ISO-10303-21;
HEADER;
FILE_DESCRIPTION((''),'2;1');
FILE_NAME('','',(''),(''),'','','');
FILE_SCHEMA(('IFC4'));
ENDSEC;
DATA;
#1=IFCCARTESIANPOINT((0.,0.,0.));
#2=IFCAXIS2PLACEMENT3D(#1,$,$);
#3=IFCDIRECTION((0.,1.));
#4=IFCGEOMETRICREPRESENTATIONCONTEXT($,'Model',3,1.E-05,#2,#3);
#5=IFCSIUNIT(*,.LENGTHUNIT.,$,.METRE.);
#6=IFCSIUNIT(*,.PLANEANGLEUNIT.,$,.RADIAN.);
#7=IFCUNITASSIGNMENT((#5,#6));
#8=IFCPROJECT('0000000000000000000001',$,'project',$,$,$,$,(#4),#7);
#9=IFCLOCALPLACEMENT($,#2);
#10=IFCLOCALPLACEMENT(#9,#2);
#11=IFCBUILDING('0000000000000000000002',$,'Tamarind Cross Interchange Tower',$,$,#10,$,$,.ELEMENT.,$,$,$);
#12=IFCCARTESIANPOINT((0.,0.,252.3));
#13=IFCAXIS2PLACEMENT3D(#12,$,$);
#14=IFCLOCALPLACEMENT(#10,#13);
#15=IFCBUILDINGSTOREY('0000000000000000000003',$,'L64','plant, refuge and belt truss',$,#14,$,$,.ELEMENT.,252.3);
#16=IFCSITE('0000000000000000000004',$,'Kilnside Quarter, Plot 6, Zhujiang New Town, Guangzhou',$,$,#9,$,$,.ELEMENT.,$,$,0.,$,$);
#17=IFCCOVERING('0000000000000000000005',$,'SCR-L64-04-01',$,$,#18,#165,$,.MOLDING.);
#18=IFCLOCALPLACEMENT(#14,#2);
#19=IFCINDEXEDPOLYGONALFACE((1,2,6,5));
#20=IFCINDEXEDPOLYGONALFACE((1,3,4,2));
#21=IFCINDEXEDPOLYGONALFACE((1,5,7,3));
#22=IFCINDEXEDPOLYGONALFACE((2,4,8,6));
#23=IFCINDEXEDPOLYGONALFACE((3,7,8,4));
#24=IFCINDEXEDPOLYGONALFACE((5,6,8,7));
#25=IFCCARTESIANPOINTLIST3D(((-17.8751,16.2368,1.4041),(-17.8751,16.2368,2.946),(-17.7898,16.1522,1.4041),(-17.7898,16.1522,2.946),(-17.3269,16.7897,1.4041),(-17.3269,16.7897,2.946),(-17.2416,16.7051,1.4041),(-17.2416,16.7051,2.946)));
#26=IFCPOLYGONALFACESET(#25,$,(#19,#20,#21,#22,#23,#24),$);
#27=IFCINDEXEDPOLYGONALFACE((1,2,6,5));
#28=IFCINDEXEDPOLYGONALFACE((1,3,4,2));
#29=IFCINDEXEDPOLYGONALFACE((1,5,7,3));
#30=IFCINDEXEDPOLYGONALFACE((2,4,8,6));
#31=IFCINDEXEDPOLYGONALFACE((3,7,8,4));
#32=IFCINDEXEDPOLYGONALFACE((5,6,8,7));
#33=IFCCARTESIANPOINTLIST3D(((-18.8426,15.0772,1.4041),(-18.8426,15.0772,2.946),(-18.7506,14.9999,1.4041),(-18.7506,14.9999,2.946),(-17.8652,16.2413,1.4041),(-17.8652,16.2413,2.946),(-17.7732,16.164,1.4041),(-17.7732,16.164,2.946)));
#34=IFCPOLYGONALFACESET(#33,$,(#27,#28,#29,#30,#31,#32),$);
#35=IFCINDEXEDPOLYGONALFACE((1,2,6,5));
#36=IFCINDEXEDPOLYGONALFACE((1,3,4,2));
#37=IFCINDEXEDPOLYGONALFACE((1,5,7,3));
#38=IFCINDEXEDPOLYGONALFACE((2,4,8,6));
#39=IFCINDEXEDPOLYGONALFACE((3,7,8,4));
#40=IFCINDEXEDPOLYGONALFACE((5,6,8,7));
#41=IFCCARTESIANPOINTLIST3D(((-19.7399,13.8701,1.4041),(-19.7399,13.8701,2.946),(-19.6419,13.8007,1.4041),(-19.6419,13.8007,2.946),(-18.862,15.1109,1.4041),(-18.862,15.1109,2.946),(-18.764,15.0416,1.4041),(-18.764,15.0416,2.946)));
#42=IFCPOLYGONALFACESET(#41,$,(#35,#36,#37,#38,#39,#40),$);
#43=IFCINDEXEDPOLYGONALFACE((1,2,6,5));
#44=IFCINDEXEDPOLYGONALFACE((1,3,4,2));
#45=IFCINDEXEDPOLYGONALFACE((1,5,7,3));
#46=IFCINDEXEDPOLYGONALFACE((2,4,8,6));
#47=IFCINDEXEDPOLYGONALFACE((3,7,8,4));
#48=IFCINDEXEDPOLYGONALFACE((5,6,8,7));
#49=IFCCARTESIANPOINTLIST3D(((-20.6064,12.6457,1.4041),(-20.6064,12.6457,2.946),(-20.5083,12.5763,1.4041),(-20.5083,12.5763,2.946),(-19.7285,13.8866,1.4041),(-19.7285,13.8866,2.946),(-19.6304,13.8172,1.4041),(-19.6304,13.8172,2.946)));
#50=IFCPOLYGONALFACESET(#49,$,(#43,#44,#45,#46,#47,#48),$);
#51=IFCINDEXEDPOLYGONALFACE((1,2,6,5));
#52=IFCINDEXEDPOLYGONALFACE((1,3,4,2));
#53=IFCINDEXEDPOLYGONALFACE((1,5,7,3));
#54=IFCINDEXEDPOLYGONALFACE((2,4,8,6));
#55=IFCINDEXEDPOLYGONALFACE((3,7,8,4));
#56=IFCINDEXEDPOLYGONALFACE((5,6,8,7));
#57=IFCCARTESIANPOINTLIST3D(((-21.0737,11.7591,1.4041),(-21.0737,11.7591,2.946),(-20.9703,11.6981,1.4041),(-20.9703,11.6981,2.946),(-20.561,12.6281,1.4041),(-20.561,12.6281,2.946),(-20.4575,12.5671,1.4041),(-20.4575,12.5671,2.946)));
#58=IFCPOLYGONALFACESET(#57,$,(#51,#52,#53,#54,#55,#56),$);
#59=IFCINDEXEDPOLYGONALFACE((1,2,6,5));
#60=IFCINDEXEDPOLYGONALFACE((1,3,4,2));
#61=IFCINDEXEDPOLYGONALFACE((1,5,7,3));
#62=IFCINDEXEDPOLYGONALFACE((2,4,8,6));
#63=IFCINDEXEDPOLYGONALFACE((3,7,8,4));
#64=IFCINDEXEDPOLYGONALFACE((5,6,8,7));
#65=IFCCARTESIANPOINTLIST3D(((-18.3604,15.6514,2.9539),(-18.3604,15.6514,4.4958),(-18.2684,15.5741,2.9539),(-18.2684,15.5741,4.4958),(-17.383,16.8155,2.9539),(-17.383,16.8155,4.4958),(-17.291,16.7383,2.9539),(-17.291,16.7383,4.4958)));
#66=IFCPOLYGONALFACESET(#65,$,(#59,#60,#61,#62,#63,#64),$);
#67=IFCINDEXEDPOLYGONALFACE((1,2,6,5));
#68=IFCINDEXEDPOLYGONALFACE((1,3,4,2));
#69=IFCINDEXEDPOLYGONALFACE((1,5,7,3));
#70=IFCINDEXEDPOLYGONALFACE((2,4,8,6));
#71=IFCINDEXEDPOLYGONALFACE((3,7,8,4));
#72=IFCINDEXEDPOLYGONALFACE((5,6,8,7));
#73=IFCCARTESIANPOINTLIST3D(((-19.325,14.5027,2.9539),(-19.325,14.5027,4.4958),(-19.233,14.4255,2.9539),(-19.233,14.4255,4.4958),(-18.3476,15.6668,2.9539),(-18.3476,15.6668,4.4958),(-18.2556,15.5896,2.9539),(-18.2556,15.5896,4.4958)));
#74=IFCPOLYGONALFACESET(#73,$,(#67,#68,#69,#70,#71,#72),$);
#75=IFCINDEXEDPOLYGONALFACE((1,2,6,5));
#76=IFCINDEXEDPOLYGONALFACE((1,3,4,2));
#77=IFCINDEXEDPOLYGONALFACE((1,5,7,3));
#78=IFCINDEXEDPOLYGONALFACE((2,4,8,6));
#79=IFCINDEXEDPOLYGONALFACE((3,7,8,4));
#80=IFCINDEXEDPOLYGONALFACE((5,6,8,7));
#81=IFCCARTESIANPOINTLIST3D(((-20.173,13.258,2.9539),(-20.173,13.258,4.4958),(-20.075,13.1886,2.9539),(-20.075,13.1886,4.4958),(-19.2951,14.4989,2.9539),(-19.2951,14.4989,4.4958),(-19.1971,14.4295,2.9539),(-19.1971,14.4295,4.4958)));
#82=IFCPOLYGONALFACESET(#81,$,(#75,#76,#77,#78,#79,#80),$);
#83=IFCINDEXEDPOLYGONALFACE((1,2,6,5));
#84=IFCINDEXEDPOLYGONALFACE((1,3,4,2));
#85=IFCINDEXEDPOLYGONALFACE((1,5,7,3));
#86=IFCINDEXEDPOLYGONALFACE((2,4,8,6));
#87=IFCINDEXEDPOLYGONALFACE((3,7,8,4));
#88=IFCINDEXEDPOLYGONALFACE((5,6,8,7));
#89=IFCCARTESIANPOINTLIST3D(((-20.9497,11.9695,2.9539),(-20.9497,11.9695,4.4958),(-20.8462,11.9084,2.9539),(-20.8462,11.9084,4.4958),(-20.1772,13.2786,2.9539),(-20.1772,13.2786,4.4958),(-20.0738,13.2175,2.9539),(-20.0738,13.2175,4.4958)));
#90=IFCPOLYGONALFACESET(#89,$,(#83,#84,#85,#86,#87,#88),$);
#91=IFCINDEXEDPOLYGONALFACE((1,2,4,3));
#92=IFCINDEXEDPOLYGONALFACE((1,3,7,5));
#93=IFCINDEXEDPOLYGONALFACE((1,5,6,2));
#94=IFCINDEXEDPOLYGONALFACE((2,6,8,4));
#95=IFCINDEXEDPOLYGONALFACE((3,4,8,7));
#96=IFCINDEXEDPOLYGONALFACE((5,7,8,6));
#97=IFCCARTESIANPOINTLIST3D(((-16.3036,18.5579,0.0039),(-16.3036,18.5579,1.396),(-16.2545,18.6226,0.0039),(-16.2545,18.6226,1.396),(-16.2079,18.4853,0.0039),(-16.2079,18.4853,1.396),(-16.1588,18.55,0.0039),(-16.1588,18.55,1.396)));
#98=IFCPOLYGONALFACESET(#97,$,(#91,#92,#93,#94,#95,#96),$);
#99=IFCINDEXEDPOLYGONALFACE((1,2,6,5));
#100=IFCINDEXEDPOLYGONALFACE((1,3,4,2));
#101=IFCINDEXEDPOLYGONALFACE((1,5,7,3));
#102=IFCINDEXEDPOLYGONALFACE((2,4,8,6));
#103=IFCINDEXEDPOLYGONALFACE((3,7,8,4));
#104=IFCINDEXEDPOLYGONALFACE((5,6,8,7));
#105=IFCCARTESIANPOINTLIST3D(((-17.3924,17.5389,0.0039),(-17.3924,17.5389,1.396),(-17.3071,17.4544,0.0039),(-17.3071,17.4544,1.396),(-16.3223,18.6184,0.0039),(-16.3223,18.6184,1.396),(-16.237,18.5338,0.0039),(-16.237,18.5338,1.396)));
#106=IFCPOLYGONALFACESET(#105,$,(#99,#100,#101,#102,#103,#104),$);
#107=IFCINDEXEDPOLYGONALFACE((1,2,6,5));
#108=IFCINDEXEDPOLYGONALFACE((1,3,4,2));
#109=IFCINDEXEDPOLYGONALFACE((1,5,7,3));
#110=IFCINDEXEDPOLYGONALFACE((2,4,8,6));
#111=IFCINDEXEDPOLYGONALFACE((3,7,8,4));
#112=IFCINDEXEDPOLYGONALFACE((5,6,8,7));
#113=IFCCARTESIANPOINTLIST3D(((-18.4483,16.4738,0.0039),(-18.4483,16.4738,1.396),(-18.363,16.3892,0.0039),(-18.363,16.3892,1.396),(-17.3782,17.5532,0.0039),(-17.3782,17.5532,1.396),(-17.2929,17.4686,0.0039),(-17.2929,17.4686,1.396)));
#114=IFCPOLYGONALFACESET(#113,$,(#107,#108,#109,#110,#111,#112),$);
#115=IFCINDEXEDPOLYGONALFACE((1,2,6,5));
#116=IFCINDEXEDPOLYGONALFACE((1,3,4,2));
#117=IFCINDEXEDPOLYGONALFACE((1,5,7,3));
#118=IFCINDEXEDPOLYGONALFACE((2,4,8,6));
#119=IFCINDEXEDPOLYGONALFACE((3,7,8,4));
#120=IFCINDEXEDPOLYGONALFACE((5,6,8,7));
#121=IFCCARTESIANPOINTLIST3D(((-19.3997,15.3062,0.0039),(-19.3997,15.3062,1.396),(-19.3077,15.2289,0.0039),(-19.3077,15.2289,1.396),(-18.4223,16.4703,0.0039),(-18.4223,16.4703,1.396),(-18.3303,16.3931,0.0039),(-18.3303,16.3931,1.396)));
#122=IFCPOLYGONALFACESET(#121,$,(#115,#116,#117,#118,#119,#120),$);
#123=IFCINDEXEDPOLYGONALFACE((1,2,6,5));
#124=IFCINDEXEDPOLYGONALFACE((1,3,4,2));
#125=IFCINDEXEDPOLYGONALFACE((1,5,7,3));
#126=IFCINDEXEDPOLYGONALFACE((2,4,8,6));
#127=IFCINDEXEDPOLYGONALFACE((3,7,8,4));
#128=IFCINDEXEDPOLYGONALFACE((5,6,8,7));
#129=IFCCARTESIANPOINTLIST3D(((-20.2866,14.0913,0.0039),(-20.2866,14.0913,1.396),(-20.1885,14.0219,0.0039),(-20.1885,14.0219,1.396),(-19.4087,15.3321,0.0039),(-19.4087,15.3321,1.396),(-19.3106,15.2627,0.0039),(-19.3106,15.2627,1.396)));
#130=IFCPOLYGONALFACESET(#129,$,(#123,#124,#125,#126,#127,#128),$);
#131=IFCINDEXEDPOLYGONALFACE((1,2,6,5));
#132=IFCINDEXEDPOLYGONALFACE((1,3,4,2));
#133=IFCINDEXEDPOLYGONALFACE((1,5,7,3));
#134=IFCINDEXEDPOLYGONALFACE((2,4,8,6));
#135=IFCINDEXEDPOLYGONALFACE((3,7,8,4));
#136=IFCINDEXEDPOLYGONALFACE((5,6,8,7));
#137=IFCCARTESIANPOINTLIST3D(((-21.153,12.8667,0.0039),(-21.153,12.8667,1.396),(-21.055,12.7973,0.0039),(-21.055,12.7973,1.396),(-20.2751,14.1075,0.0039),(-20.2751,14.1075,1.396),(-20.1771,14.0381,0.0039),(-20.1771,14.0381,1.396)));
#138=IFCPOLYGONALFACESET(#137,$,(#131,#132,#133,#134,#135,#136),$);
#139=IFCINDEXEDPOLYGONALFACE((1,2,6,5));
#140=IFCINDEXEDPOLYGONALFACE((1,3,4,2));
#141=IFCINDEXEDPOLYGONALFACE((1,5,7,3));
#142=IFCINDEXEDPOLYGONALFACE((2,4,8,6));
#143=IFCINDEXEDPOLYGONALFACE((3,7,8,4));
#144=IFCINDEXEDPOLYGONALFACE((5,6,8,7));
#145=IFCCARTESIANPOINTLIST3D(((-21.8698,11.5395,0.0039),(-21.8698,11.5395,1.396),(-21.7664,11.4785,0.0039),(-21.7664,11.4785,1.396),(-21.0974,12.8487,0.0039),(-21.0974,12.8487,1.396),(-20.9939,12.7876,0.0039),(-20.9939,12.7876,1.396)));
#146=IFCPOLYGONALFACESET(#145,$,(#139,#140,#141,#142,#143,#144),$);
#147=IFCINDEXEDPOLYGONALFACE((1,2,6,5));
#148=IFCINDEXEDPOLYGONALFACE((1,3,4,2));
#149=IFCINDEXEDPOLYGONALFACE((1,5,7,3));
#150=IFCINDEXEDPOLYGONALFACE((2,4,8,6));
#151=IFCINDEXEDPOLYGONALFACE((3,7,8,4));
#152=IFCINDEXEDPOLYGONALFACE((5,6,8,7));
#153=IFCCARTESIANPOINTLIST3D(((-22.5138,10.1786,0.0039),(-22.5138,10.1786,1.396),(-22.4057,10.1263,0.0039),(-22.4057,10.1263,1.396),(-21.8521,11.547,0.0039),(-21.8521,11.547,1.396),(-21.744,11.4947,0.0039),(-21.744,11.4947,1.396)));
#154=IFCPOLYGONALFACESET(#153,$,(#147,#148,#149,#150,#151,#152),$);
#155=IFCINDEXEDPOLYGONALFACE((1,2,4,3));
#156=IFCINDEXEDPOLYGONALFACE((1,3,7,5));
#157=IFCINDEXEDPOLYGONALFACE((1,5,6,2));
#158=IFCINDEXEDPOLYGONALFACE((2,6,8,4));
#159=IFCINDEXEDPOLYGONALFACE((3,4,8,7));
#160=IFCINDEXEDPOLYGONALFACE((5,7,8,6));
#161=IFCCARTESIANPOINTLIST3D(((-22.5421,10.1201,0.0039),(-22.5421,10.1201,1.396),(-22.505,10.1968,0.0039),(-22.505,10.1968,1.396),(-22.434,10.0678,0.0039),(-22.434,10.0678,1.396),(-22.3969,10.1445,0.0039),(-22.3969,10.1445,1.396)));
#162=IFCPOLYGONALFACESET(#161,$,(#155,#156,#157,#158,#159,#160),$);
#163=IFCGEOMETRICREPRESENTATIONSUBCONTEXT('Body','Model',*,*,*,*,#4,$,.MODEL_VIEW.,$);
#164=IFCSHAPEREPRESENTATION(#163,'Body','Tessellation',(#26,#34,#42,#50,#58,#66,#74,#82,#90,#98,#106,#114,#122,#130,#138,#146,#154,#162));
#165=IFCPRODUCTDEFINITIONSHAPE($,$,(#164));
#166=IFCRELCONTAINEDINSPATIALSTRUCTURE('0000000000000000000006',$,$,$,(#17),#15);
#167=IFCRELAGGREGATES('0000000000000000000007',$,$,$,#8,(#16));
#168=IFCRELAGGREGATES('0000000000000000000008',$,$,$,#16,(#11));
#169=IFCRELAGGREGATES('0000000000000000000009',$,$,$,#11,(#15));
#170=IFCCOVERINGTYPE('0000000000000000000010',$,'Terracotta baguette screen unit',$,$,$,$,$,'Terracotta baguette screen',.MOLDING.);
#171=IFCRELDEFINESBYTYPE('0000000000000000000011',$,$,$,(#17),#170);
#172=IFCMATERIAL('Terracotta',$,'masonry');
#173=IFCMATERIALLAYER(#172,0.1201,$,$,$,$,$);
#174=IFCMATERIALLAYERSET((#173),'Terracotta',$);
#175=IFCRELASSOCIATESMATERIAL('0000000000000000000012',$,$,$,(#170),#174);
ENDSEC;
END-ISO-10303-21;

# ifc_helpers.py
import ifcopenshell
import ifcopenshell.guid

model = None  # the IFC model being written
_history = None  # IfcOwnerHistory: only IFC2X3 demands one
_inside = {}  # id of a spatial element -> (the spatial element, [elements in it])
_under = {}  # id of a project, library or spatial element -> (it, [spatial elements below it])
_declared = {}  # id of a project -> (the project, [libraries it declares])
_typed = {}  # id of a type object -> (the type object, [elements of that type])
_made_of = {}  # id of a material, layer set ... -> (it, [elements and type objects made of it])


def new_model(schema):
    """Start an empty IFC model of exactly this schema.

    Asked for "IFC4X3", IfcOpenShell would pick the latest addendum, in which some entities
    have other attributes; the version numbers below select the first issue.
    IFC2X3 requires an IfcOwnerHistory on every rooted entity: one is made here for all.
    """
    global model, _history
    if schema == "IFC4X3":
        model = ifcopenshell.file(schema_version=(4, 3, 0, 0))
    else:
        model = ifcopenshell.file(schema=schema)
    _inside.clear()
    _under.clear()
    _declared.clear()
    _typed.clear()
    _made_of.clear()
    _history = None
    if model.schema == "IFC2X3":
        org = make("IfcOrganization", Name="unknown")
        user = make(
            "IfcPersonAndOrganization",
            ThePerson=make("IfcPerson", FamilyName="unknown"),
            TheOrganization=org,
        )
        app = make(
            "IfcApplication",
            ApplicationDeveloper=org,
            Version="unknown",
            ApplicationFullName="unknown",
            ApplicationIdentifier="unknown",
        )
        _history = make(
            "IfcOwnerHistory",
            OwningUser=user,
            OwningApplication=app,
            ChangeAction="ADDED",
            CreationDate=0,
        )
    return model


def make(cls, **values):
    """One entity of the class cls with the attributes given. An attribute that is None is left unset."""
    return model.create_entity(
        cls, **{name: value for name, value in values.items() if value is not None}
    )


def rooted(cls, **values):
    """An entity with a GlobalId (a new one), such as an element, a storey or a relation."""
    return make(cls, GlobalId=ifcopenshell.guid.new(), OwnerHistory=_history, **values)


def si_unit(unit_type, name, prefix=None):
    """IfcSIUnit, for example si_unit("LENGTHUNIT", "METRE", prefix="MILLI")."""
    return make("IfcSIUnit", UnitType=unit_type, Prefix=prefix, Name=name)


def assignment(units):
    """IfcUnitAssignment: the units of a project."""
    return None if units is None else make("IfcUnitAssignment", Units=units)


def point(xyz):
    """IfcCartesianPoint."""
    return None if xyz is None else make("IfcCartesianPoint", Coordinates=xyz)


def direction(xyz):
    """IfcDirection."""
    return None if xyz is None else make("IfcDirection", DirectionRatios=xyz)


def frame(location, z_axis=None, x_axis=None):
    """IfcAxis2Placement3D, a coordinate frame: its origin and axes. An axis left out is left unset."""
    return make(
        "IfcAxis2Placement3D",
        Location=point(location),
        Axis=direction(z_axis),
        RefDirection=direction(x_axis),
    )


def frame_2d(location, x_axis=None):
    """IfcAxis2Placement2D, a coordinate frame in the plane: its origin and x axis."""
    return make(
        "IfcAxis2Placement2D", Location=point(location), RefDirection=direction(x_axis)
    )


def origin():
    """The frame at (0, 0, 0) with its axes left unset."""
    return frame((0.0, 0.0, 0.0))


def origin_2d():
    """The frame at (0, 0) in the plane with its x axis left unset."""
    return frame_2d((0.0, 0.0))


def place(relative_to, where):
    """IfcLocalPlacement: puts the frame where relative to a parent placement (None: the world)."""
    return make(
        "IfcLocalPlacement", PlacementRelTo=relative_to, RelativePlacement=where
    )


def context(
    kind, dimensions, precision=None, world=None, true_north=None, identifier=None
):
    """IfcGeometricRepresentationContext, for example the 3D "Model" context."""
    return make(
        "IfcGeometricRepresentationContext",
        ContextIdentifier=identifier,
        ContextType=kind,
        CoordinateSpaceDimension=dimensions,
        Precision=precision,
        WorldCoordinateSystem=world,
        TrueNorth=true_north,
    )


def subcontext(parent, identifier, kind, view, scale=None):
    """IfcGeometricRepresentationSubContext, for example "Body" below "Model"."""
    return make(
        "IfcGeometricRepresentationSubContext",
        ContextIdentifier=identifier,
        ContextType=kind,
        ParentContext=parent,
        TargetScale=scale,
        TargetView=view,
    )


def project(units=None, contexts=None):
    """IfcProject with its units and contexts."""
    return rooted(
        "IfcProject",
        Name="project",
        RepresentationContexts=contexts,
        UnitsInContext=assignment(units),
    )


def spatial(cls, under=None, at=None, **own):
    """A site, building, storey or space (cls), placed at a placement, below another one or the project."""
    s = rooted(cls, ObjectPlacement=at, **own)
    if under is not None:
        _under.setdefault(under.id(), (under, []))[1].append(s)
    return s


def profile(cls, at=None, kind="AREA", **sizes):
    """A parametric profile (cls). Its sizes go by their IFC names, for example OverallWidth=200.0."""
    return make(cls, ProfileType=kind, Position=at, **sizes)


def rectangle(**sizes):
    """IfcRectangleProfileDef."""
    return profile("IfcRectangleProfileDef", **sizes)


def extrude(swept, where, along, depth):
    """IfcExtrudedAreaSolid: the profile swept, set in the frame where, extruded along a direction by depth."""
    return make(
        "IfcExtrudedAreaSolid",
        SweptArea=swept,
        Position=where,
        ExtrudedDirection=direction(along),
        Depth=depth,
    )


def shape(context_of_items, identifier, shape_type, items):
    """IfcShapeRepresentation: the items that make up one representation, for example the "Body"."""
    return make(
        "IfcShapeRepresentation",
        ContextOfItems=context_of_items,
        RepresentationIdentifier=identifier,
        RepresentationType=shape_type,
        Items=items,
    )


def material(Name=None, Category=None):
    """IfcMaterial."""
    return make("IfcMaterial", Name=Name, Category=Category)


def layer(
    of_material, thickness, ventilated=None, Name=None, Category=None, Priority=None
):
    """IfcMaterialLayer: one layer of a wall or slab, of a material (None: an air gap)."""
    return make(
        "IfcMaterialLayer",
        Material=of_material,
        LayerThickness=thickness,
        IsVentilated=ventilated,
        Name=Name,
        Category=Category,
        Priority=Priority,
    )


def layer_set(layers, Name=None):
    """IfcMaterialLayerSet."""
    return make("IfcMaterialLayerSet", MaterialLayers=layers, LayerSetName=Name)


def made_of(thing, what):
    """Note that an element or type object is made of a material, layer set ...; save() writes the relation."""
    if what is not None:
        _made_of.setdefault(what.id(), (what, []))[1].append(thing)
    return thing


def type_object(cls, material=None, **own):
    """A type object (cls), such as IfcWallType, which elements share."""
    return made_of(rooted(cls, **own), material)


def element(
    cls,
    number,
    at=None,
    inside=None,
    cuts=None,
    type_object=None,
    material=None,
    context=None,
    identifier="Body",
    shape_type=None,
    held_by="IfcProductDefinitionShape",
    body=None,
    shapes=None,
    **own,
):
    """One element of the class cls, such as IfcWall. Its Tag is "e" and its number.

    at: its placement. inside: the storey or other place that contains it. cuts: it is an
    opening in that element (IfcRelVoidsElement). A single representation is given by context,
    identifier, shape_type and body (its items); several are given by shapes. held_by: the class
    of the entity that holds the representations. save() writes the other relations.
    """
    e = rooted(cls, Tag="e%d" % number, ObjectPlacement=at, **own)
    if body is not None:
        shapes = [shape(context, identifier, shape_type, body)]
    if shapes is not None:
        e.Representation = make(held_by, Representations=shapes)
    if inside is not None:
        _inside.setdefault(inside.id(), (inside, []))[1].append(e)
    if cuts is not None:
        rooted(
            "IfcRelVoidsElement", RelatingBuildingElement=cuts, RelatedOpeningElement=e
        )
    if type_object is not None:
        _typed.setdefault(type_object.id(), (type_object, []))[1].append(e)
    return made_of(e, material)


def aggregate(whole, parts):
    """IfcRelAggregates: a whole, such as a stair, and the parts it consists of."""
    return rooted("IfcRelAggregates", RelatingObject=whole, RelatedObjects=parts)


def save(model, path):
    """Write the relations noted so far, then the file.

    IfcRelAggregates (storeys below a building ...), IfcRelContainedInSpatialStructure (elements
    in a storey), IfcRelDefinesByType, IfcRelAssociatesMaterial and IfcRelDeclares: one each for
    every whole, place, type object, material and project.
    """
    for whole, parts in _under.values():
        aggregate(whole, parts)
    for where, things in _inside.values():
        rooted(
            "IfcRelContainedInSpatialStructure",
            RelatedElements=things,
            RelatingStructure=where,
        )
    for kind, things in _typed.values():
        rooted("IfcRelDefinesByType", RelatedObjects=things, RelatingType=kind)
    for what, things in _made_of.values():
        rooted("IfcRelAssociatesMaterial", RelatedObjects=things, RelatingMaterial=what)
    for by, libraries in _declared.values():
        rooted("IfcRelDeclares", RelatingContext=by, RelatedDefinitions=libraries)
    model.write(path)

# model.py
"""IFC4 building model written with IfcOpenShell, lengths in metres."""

from ifc_helpers import new_model, si_unit, direction, frame, origin, origin_2d, place, context, subcontext, project, spatial, rectangle, extrude, material, layer, layer_set, type_object, element, save


model = new_model("IFC4")

# Units and contexts
model_context = context("Model", 3, precision=1e-05, world=origin(), true_north=direction((0.0, 1.0)))
body_context = subcontext(model_context, "Body", "Model", "MODEL_VIEW")
ifc_project = project(units=[si_unit("LENGTHUNIT", "METRE"), si_unit("PLANEANGLEUNIT", "RADIAN")], contexts=[model_context])

# Site, building, storey
site_placement = place(None, origin())
site = spatial("IfcSite", under=ifc_project, at=site_placement, Name="Kilnside Quarter, Plot 6, Zhujiang New Town, Guangzhou", CompositionType="ELEMENT", RefElevation=0.0)
building_placement = place(site_placement, origin())
building = spatial("IfcBuilding", under=site, at=building_placement, Name="Tamarind Cross Interchange Tower", CompositionType="ELEMENT")
storey_placement = place(building_placement, frame((0.0, 0.0, 252.3)))
storey = spatial("IfcBuildingStorey", under=building, at=storey_placement, Name="L64", Description="plant, refuge and belt truss", CompositionType="ELEMENT", Elevation=252.3)

# Covering
ifc_material_1 = material(Name="Terracotta", Category="masonry")
ifc_layer_1 = layer(ifc_material_1, 0.1201)
ifc_layer_set_1 = layer_set([ifc_layer_1], Name="Terracotta")
covering_type = type_object("IfcCoveringType", Name="Terracotta baguette screen unit", ElementType="Terracotta baguette screen", PredefinedType="MOLDING", material=ifc_layer_set_1)
covering_1_placement = place(storey_placement, origin())
element("IfcCovering", 1, at=covering_1_placement, inside=storey, type_object=covering_type, Name="SCR-L64-04-01", PredefinedType="MOLDING", context=body_context, shape_type="SweptSolid", body=[
    extrude(rectangle(XDim=0.7786, YDim=0.1201, at=origin_2d()), frame((-17.5583, 16.4709, 1.4041), z_axis=(0.0, 0.0, 1.0), x_axis=(-0.704057, -0.710143, 0.0)), (0.0, 0.0, 1.0), 1.542),
    extrude(rectangle(XDim=1.52, YDim=0.1201, at=origin_2d()), frame((-18.3079, 15.6206, 1.4041), z_axis=(0.0, 0.0, 1.0), x_axis=(-0.643009, -0.765858, 0.0)), (0.0, 0.0, 1.0), 1.542),
    extrude(rectangle(XDim=1.52, YDim=0.1201, at=origin_2d()), frame((-19.252, 14.4558, 1.4041), z_axis=(0.0, 0.0, 1.0), x_axis=(-0.577569, -0.816342, 0.0)), (0.0, 0.0, 1.0), 1.542),
    extrude(rectangle(XDim=1.52, YDim=0.1201, at=origin_2d()), frame((-20.1184, 13.2314, 1.4041), z_axis=(0.0, 0.0, 1.0), x_axis=(-0.577569, -0.816342, 0.0)), (0.0, 0.0, 1.0), 1.542),
    extrude(rectangle(XDim=1.009, YDim=0.1201, at=origin_2d()), frame((-20.7656, 12.1631, 1.4041), z_axis=(0.0, 0.0, 1.0), x_axis=(-0.508183, -0.861249, 0.0)), (0.0, 0.0, 1.0), 1.542),
    extrude(rectangle(XDim=1.52, YDim=0.1201, at=origin_2d()), frame((-17.8257, 16.1948, 2.9539), z_axis=(0.0, 0.0, 1.0), x_axis=(-0.643009, -0.765858, 0.0)), (0.0, 0.0, 1.0), 1.542),
    extrude(rectangle(XDim=1.52, YDim=0.1201, at=origin_2d()), frame((-18.7903, 15.0461, 2.9539), z_axis=(0.0, 0.0, 1.0), x_axis=(-0.643009, -0.765858, 0.0)), (0.0, 0.0, 1.0), 1.542),
    extrude(rectangle(XDim=1.52, YDim=0.1201, at=origin_2d()), frame((-19.6851, 13.8438, 2.9539), z_axis=(0.0, 0.0, 1.0), x_axis=(-0.577569, -0.816342, 0.0)), (0.0, 0.0, 1.0), 1.542),
    extrude(rectangle(XDim=1.52, YDim=0.1201, at=origin_2d()), frame((-20.5117, 12.5935, 2.9539), z_axis=(0.0, 0.0, 1.0), x_axis=(-0.508183, -0.861249, 0.0)), (0.0, 0.0, 1.0), 1.542),
    extrude(rectangle(XDim=0.0813, YDim=0.1201, at=origin_2d()), frame((-16.2312, 18.554, 0.0039), z_axis=(0.0, 0.0, 1.0), x_axis=(-0.604676, -0.796472, 0.0)), (0.0, 0.0, 1.0), 1.3921),
    extrude(rectangle(XDim=1.52, YDim=0.1201, at=origin_2d()), frame((-16.8147, 18.0364, 0.0039), z_axis=(0.0, 0.0, 1.0), x_axis=(-0.704057, -0.710143, 0.0)), (0.0, 0.0, 1.0), 1.3921),
    extrude(rectangle(XDim=1.52, YDim=0.1201, at=origin_2d()), frame((-17.8706, 16.9712, 0.0039), z_axis=(0.0, 0.0, 1.0), x_axis=(-0.704057, -0.710143, 0.0)), (0.0, 0.0, 1.0), 1.3921),
    extrude(rectangle(XDim=1.52, YDim=0.1201, at=origin_2d()), frame((-18.865, 15.8496, 0.0039), z_axis=(0.0, 0.0, 1.0), x_axis=(-0.643009, -0.765858, 0.0)), (0.0, 0.0, 1.0), 1.3921),
    extrude(rectangle(XDim=1.52, YDim=0.1201, at=origin_2d()), frame((-19.7986, 14.677, 0.0039), z_axis=(0.0, 0.0, 1.0), x_axis=(-0.577569, -0.816342, 0.0)), (0.0, 0.0, 1.0), 1.3921),
    extrude(rectangle(XDim=1.52, YDim=0.1201, at=origin_2d()), frame((-20.665, 13.4524, 0.0039), z_axis=(0.0, 0.0, 1.0), x_axis=(-0.577569, -0.816342, 0.0)), (0.0, 0.0, 1.0), 1.3921),
    extrude(rectangle(XDim=1.52, YDim=0.1201, at=origin_2d()), frame((-21.4319, 12.1636, 0.0039), z_axis=(0.0, 0.0, 1.0), x_axis=(-0.508183, -0.861249, 0.0)), (0.0, 0.0, 1.0), 1.3921),
    extrude(rectangle(XDim=1.52, YDim=0.1201, at=origin_2d()), frame((-22.1289, 10.8367, 0.0039), z_axis=(0.0, 0.0, 1.0), x_axis=(-0.435326, -0.900273, 0.0)), (0.0, 0.0, 1.0), 1.3921),
    extrude(rectangle(XDim=0.0852, YDim=0.1201, at=origin_2d()), frame((-22.4695, 10.1323, 0.0039), z_axis=(0.0, 0.0, 1.0), x_axis=(-0.435326, -0.900273, 0.0)), (0.0, 0.0, 1.0), 1.3921),
])

save(model, "model.ifc")
